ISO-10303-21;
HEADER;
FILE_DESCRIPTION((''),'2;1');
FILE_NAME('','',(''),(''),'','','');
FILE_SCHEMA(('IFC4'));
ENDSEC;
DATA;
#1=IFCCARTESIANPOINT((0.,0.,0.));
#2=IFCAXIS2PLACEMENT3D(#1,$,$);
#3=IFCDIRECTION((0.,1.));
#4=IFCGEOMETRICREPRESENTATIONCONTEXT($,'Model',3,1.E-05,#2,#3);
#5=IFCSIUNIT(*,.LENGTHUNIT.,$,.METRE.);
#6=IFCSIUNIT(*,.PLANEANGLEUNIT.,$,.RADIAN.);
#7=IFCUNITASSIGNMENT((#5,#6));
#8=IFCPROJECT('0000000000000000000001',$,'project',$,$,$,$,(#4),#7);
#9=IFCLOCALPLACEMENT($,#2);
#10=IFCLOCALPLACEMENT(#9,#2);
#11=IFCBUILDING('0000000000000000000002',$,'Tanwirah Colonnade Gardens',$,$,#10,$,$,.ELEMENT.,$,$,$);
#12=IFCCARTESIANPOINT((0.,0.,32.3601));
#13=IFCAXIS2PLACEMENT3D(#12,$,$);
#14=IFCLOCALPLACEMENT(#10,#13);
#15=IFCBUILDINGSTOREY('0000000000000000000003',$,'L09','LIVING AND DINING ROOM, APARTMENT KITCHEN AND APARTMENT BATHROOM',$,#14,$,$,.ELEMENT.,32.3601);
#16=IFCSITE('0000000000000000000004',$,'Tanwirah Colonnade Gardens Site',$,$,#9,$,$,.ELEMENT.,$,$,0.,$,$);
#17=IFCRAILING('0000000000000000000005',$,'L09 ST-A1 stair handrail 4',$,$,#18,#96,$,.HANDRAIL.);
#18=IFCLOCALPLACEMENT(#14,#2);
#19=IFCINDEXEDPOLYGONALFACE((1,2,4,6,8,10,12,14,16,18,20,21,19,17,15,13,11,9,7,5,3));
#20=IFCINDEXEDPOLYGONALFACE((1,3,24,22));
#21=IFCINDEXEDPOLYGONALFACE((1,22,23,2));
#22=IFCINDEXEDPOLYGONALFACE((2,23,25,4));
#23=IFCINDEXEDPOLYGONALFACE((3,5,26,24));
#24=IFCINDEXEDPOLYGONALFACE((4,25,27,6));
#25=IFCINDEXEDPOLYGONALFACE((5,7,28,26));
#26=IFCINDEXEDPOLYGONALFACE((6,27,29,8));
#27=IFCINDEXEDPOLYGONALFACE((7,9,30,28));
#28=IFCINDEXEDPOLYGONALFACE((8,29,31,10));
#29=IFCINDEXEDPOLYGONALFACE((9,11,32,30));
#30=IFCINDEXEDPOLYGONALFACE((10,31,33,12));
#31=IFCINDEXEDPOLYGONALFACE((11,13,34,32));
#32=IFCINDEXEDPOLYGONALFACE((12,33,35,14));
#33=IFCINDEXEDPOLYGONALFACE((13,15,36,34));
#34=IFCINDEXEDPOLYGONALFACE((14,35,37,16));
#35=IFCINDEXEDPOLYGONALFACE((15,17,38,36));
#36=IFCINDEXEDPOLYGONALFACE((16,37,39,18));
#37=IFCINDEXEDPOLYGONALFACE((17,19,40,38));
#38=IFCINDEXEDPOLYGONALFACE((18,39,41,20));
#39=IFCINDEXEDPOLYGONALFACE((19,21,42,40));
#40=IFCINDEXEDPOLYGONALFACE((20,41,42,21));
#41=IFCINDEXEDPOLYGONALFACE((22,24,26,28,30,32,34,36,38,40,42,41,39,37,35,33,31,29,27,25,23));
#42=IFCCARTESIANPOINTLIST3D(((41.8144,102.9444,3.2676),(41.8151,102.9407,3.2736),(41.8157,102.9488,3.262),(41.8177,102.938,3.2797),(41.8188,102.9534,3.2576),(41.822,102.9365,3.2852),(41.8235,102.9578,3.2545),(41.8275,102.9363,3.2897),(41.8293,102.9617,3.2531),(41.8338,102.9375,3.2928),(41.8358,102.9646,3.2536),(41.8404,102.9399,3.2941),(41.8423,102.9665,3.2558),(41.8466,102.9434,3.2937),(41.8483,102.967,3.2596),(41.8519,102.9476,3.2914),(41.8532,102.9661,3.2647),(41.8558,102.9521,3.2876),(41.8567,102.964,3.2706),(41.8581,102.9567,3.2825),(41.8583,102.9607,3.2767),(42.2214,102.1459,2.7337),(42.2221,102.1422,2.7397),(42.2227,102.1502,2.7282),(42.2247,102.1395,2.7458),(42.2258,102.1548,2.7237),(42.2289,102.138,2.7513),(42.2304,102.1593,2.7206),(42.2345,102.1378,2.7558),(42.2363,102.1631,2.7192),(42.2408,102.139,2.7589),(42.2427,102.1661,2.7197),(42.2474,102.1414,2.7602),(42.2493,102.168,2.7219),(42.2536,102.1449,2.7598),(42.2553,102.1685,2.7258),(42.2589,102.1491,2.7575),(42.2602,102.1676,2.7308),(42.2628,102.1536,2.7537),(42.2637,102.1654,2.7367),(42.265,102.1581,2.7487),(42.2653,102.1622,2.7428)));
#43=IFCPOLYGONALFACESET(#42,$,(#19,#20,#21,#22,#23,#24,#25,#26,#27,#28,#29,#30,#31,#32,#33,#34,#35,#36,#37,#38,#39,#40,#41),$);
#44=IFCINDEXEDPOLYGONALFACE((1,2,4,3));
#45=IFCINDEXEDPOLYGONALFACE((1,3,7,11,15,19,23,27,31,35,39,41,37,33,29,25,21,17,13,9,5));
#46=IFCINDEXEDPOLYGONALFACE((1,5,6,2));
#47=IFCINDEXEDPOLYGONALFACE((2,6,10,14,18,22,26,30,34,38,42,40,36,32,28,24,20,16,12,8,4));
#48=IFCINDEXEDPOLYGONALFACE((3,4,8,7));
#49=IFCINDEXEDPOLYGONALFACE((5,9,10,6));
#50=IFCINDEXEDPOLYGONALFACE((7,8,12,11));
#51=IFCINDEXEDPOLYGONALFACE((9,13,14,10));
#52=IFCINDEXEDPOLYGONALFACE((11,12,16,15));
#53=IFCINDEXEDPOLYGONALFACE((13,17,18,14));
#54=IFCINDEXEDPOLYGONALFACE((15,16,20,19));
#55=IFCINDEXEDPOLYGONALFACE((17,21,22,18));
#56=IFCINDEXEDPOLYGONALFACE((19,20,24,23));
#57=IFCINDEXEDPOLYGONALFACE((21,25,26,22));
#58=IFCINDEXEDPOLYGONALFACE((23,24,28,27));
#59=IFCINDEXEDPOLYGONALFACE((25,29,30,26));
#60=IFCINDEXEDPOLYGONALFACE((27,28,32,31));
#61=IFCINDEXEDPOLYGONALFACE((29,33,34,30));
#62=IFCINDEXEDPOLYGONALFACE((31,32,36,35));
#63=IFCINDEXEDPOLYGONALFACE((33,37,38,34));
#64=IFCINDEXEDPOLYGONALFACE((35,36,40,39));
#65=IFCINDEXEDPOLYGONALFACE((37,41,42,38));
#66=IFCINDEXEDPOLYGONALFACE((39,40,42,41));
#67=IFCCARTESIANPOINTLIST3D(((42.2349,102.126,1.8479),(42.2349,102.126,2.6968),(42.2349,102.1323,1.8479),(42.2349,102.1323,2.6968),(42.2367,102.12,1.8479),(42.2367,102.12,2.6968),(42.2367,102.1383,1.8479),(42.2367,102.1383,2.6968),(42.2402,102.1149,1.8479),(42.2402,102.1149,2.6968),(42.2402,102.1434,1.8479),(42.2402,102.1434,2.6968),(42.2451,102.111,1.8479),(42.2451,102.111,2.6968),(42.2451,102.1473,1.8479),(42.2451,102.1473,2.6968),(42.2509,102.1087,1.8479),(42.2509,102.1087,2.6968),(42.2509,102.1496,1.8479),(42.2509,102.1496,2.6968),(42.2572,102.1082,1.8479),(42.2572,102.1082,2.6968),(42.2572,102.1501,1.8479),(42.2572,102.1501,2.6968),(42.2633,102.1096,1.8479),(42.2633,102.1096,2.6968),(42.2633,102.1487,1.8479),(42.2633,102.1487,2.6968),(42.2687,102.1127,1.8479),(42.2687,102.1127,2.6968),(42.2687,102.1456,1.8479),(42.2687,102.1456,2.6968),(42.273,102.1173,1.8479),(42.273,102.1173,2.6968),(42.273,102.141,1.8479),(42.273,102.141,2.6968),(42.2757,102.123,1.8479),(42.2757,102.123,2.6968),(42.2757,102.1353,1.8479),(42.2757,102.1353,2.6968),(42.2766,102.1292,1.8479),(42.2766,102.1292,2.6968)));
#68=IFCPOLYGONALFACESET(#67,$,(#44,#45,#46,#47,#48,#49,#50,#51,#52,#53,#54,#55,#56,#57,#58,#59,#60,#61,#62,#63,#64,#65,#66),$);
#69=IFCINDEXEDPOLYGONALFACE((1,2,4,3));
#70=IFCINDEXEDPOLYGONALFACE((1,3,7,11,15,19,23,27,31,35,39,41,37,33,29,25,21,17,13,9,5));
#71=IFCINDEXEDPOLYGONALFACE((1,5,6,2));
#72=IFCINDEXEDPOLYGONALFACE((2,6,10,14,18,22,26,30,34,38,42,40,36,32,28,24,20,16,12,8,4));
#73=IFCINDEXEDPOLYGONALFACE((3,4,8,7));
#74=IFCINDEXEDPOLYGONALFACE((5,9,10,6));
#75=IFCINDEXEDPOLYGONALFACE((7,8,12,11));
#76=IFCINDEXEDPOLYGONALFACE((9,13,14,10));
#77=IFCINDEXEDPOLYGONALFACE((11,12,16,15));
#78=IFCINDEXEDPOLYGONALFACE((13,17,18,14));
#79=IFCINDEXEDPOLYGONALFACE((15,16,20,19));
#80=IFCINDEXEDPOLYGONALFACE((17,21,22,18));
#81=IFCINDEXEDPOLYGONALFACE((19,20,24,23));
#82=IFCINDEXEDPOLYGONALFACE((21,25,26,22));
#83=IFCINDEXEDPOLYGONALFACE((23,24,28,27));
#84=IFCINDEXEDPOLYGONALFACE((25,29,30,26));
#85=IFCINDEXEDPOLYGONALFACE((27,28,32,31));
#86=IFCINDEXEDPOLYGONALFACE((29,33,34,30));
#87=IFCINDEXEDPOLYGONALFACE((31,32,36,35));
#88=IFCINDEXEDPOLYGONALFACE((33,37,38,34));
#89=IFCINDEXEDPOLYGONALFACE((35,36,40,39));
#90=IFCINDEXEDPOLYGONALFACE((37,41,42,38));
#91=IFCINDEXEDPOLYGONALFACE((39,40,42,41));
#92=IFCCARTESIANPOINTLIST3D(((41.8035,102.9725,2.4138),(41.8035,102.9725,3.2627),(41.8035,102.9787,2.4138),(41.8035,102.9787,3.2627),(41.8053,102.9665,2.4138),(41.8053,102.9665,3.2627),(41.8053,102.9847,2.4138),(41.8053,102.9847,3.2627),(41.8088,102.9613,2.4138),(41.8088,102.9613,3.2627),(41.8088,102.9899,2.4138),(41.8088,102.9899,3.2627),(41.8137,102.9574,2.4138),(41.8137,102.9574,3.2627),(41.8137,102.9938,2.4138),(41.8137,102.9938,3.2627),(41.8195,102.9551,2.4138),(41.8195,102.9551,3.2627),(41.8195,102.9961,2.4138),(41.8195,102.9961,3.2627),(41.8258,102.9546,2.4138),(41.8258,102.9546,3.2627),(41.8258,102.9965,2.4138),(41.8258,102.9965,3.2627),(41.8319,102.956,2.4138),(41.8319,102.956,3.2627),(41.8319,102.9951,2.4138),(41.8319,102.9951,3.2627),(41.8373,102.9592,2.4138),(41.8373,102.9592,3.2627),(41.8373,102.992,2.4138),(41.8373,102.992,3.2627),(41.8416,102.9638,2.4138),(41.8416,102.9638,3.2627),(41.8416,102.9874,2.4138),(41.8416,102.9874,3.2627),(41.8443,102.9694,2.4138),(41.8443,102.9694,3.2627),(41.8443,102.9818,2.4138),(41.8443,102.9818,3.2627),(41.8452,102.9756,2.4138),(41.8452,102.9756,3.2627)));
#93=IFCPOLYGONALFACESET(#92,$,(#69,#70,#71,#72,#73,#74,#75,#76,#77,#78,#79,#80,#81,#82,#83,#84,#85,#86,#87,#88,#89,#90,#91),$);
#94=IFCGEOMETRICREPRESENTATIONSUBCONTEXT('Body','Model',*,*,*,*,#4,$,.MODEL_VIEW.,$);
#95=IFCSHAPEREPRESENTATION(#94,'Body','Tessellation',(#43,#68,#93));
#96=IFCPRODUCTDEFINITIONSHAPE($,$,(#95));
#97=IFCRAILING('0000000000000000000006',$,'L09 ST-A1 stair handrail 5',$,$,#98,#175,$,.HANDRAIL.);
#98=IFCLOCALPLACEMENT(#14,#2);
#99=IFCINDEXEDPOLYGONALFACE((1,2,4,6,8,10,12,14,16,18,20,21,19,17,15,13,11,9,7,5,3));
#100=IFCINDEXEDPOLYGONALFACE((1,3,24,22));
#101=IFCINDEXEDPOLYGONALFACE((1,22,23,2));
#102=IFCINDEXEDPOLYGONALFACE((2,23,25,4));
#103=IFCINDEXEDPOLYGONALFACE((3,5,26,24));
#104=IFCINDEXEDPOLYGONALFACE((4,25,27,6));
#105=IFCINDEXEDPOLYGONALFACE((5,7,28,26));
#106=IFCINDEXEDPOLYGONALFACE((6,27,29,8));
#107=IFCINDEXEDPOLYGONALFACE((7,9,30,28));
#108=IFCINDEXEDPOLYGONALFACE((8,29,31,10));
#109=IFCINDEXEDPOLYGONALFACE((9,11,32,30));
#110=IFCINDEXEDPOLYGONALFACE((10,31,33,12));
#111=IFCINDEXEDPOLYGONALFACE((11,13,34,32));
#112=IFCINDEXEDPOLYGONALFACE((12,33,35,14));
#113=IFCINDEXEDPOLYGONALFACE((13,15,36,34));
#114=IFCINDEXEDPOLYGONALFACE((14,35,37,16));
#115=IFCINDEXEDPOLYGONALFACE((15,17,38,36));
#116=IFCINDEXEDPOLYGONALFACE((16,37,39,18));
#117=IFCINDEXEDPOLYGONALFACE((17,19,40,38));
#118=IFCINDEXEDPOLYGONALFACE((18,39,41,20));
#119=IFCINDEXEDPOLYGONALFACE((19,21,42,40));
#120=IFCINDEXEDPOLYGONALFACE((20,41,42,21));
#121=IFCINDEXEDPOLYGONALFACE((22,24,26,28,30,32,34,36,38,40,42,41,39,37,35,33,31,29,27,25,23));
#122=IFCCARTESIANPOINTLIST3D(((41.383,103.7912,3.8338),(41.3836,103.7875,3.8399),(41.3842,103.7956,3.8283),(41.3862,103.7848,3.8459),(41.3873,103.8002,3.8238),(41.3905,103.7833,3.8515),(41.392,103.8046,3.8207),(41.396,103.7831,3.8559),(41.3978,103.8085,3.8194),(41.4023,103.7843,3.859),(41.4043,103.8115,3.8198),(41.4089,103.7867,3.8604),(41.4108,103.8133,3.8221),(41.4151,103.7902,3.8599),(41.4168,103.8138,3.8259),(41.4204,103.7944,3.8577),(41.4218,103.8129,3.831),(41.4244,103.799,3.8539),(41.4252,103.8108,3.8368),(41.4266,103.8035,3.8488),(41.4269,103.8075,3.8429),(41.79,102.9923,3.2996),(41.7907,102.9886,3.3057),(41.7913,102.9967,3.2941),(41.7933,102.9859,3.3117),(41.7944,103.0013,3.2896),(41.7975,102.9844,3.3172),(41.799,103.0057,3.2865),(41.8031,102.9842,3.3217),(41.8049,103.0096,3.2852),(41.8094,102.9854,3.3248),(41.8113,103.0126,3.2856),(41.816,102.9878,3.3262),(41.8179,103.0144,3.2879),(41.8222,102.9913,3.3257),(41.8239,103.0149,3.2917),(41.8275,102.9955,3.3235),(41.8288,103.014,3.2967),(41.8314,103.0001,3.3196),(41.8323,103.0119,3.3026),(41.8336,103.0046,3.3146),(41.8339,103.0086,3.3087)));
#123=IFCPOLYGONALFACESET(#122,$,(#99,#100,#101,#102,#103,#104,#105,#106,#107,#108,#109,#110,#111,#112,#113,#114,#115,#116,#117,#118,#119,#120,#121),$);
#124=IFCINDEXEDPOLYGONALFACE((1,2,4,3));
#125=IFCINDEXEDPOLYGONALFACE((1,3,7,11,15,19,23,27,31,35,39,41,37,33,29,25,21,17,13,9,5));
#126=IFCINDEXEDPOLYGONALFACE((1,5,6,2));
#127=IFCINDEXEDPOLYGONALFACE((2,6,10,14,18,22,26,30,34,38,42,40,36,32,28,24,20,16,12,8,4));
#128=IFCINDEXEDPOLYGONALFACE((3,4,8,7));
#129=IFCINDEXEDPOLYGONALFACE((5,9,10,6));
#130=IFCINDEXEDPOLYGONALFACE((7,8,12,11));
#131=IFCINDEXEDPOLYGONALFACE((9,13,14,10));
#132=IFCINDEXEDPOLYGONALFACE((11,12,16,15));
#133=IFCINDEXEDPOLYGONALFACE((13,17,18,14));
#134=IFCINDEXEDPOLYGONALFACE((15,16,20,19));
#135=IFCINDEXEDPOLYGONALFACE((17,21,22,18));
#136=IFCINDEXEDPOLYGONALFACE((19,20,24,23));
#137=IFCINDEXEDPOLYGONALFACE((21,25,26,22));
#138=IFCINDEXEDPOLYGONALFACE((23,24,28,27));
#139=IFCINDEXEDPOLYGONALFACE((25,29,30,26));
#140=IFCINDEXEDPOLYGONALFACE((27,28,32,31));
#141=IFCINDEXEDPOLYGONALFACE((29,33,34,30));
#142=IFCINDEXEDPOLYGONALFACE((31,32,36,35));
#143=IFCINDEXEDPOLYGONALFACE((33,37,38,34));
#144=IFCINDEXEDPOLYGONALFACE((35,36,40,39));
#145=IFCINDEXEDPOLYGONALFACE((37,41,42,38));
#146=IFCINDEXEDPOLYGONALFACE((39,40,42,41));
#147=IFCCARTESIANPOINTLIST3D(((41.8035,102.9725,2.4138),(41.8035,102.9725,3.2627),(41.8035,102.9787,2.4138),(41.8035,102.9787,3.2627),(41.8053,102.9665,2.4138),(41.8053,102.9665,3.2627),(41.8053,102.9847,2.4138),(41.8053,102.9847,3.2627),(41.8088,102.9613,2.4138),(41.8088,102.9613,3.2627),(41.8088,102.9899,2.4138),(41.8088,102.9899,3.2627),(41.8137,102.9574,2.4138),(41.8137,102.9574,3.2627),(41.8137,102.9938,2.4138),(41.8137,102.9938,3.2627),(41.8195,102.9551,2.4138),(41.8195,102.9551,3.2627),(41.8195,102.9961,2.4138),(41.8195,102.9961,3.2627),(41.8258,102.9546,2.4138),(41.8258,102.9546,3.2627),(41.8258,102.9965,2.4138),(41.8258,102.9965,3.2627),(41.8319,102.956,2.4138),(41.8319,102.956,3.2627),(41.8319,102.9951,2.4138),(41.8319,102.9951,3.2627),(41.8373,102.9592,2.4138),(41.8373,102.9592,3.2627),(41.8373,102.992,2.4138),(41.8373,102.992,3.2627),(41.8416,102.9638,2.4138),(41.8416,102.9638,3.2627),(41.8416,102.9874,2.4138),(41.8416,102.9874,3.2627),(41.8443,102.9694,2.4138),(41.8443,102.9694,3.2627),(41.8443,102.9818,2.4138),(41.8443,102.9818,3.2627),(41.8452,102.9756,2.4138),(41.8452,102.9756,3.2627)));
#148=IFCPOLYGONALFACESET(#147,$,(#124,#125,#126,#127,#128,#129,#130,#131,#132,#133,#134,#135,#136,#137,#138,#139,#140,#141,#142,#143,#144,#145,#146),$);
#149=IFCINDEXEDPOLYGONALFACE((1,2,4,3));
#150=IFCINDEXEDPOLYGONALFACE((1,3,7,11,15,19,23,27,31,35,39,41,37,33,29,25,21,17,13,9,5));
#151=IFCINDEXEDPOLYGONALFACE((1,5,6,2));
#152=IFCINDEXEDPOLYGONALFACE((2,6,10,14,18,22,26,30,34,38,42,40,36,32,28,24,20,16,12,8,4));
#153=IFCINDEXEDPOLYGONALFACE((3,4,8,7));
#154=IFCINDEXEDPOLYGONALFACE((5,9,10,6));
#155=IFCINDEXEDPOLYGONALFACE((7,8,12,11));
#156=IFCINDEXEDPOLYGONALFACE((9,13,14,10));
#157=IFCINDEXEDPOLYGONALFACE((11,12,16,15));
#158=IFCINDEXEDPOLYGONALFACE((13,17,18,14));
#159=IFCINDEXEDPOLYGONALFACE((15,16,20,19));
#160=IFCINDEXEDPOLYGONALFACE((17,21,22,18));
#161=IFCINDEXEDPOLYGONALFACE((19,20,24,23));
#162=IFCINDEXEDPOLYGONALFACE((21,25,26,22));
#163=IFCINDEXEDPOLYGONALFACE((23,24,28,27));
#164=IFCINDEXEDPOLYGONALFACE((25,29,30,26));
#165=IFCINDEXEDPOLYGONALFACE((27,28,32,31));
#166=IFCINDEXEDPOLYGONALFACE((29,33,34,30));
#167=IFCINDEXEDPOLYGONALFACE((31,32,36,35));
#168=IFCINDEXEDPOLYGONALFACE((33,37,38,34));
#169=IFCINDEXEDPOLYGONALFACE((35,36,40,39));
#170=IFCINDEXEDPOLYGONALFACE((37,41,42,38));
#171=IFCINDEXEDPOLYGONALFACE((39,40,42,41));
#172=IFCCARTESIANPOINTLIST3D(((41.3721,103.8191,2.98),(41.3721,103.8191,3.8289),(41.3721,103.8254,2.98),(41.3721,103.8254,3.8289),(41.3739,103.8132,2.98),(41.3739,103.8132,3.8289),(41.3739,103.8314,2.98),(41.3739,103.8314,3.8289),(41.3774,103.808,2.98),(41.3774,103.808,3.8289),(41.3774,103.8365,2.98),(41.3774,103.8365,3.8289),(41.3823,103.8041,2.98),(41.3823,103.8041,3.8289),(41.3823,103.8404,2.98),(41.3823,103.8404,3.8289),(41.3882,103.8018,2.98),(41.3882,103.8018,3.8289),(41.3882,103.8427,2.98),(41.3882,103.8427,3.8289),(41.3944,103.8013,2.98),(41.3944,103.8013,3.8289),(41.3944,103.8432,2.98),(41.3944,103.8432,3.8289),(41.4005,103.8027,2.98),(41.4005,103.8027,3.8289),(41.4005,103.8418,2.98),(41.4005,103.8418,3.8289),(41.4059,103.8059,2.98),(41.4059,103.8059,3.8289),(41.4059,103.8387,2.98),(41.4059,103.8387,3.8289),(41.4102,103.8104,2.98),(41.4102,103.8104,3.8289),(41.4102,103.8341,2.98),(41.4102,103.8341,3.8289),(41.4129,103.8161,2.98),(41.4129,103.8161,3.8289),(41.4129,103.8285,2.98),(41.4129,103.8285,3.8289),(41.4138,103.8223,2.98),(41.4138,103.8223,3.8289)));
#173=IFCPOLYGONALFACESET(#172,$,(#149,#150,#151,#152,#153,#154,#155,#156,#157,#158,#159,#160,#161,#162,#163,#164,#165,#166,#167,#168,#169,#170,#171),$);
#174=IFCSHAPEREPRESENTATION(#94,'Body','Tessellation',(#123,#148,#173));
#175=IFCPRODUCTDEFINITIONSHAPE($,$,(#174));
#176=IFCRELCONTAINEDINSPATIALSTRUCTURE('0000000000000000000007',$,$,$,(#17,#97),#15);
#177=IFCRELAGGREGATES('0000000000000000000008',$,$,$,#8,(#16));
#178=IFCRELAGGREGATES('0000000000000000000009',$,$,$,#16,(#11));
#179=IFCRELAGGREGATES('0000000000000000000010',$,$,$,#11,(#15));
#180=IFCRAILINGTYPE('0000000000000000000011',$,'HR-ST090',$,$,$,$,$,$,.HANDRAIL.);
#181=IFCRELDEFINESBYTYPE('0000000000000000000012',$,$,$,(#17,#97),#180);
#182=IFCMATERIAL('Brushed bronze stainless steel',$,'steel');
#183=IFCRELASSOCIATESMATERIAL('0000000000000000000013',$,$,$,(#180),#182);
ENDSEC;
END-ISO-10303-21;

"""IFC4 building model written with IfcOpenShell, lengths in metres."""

from ifc_helpers import new_model, si_unit, direction, frame, origin, origin_2d, place, context, subcontext, project, spatial, circle, extrude, material, type_object, element, save


model = new_model("IFC4")

# Units and contexts
model_context = context("Model", 3, precision=1e-05, world=origin(), true_north=direction((0.0, 1.0)))
body_context = subcontext(model_context, "Body", "Model", "MODEL_VIEW")
ifc_project = project(units=[si_unit("LENGTHUNIT", "METRE"), si_unit("PLANEANGLEUNIT", "RADIAN")], contexts=[model_context])

# Site, building, storey
site_placement = place(None, origin())
site = spatial("IfcSite", under=ifc_project, at=site_placement, Name="Tanwirah Colonnade Gardens Site", CompositionType="ELEMENT", RefElevation=0.0)
building_placement = place(site_placement, origin())
building = spatial("IfcBuilding", under=site, at=building_placement, Name="Tanwirah Colonnade Gardens", CompositionType="ELEMENT")
storey_placement = place(building_placement, frame((0.0, 0.0, 32.3601)))
storey = spatial("IfcBuildingStorey", under=building, at=storey_placement, Name="L09", Description="LIVING AND DINING ROOM, APARTMENT KITCHEN AND APARTMENT BATHROOM", CompositionType="ELEMENT", Elevation=32.3601)

# Railings
ifc_material_1 = material(Name="Brushed bronze stainless steel", Category="steel")
railing_type_1 = type_object("IfcRailingType", Name="HR-ST090", PredefinedType="HANDRAIL", material=ifc_material_1)
railing_1_placement = place(storey_placement, frame((42.2556, 102.1292, 1.8479)))
element("IfcRailing", 1, at=railing_1_placement, inside=storey, type_object=railing_type_1, Name="L09 ST-A1 stair handrail 4", PredefinedType="HANDRAIL", context=body_context, shape_type="SweptSolid", body=[
    extrude(circle(Radius=0.0239, at=origin_2d()), frame((-0.0122, 0.0239, 0.8918), z_axis=(-0.390118, 0.765443, 0.511767), x_axis=(-0.890957, -0.454087, 0.0)), (0.0, 0.0, 1.0), 1.0432),
    extrude(circle(Radius=0.021, at=origin_2d()), origin(), (0.0, 0.0, 1.0), 0.8489),
    extrude(circle(Radius=0.021, at=origin_2d()), frame((-0.4314, 0.8464, 0.5659)), (0.0, 0.0, 1.0), 0.8489),
])
railing_2_placement = place(storey_placement, frame((41.8242, 102.9756, 2.4138)))
element("IfcRailing", 2, at=railing_2_placement, inside=storey, type_object=railing_type_1, Name="L09 ST-A1 stair handrail 5", PredefinedType="HANDRAIL", context=body_context, shape_type="SweptSolid", body=[
    extrude(circle(Radius=0.0239, at=origin_2d()), frame((-0.0122, 0.0239, 0.8918), z_axis=(-0.390008, 0.765448, 0.511844), x_axis=(-0.89101, -0.453984, 0.0)), (0.0, 0.0, 1.0), 1.0437),
    extrude(circle(Radius=0.021, at=origin_2d()), origin(), (0.0, 0.0, 1.0), 0.8489),
    extrude(circle(Radius=0.021, at=origin_2d()), frame((-0.4314, 0.8467, 0.5662)), (0.0, 0.0, 1.0), 0.8489),
])

save(model, "model.ifc")
